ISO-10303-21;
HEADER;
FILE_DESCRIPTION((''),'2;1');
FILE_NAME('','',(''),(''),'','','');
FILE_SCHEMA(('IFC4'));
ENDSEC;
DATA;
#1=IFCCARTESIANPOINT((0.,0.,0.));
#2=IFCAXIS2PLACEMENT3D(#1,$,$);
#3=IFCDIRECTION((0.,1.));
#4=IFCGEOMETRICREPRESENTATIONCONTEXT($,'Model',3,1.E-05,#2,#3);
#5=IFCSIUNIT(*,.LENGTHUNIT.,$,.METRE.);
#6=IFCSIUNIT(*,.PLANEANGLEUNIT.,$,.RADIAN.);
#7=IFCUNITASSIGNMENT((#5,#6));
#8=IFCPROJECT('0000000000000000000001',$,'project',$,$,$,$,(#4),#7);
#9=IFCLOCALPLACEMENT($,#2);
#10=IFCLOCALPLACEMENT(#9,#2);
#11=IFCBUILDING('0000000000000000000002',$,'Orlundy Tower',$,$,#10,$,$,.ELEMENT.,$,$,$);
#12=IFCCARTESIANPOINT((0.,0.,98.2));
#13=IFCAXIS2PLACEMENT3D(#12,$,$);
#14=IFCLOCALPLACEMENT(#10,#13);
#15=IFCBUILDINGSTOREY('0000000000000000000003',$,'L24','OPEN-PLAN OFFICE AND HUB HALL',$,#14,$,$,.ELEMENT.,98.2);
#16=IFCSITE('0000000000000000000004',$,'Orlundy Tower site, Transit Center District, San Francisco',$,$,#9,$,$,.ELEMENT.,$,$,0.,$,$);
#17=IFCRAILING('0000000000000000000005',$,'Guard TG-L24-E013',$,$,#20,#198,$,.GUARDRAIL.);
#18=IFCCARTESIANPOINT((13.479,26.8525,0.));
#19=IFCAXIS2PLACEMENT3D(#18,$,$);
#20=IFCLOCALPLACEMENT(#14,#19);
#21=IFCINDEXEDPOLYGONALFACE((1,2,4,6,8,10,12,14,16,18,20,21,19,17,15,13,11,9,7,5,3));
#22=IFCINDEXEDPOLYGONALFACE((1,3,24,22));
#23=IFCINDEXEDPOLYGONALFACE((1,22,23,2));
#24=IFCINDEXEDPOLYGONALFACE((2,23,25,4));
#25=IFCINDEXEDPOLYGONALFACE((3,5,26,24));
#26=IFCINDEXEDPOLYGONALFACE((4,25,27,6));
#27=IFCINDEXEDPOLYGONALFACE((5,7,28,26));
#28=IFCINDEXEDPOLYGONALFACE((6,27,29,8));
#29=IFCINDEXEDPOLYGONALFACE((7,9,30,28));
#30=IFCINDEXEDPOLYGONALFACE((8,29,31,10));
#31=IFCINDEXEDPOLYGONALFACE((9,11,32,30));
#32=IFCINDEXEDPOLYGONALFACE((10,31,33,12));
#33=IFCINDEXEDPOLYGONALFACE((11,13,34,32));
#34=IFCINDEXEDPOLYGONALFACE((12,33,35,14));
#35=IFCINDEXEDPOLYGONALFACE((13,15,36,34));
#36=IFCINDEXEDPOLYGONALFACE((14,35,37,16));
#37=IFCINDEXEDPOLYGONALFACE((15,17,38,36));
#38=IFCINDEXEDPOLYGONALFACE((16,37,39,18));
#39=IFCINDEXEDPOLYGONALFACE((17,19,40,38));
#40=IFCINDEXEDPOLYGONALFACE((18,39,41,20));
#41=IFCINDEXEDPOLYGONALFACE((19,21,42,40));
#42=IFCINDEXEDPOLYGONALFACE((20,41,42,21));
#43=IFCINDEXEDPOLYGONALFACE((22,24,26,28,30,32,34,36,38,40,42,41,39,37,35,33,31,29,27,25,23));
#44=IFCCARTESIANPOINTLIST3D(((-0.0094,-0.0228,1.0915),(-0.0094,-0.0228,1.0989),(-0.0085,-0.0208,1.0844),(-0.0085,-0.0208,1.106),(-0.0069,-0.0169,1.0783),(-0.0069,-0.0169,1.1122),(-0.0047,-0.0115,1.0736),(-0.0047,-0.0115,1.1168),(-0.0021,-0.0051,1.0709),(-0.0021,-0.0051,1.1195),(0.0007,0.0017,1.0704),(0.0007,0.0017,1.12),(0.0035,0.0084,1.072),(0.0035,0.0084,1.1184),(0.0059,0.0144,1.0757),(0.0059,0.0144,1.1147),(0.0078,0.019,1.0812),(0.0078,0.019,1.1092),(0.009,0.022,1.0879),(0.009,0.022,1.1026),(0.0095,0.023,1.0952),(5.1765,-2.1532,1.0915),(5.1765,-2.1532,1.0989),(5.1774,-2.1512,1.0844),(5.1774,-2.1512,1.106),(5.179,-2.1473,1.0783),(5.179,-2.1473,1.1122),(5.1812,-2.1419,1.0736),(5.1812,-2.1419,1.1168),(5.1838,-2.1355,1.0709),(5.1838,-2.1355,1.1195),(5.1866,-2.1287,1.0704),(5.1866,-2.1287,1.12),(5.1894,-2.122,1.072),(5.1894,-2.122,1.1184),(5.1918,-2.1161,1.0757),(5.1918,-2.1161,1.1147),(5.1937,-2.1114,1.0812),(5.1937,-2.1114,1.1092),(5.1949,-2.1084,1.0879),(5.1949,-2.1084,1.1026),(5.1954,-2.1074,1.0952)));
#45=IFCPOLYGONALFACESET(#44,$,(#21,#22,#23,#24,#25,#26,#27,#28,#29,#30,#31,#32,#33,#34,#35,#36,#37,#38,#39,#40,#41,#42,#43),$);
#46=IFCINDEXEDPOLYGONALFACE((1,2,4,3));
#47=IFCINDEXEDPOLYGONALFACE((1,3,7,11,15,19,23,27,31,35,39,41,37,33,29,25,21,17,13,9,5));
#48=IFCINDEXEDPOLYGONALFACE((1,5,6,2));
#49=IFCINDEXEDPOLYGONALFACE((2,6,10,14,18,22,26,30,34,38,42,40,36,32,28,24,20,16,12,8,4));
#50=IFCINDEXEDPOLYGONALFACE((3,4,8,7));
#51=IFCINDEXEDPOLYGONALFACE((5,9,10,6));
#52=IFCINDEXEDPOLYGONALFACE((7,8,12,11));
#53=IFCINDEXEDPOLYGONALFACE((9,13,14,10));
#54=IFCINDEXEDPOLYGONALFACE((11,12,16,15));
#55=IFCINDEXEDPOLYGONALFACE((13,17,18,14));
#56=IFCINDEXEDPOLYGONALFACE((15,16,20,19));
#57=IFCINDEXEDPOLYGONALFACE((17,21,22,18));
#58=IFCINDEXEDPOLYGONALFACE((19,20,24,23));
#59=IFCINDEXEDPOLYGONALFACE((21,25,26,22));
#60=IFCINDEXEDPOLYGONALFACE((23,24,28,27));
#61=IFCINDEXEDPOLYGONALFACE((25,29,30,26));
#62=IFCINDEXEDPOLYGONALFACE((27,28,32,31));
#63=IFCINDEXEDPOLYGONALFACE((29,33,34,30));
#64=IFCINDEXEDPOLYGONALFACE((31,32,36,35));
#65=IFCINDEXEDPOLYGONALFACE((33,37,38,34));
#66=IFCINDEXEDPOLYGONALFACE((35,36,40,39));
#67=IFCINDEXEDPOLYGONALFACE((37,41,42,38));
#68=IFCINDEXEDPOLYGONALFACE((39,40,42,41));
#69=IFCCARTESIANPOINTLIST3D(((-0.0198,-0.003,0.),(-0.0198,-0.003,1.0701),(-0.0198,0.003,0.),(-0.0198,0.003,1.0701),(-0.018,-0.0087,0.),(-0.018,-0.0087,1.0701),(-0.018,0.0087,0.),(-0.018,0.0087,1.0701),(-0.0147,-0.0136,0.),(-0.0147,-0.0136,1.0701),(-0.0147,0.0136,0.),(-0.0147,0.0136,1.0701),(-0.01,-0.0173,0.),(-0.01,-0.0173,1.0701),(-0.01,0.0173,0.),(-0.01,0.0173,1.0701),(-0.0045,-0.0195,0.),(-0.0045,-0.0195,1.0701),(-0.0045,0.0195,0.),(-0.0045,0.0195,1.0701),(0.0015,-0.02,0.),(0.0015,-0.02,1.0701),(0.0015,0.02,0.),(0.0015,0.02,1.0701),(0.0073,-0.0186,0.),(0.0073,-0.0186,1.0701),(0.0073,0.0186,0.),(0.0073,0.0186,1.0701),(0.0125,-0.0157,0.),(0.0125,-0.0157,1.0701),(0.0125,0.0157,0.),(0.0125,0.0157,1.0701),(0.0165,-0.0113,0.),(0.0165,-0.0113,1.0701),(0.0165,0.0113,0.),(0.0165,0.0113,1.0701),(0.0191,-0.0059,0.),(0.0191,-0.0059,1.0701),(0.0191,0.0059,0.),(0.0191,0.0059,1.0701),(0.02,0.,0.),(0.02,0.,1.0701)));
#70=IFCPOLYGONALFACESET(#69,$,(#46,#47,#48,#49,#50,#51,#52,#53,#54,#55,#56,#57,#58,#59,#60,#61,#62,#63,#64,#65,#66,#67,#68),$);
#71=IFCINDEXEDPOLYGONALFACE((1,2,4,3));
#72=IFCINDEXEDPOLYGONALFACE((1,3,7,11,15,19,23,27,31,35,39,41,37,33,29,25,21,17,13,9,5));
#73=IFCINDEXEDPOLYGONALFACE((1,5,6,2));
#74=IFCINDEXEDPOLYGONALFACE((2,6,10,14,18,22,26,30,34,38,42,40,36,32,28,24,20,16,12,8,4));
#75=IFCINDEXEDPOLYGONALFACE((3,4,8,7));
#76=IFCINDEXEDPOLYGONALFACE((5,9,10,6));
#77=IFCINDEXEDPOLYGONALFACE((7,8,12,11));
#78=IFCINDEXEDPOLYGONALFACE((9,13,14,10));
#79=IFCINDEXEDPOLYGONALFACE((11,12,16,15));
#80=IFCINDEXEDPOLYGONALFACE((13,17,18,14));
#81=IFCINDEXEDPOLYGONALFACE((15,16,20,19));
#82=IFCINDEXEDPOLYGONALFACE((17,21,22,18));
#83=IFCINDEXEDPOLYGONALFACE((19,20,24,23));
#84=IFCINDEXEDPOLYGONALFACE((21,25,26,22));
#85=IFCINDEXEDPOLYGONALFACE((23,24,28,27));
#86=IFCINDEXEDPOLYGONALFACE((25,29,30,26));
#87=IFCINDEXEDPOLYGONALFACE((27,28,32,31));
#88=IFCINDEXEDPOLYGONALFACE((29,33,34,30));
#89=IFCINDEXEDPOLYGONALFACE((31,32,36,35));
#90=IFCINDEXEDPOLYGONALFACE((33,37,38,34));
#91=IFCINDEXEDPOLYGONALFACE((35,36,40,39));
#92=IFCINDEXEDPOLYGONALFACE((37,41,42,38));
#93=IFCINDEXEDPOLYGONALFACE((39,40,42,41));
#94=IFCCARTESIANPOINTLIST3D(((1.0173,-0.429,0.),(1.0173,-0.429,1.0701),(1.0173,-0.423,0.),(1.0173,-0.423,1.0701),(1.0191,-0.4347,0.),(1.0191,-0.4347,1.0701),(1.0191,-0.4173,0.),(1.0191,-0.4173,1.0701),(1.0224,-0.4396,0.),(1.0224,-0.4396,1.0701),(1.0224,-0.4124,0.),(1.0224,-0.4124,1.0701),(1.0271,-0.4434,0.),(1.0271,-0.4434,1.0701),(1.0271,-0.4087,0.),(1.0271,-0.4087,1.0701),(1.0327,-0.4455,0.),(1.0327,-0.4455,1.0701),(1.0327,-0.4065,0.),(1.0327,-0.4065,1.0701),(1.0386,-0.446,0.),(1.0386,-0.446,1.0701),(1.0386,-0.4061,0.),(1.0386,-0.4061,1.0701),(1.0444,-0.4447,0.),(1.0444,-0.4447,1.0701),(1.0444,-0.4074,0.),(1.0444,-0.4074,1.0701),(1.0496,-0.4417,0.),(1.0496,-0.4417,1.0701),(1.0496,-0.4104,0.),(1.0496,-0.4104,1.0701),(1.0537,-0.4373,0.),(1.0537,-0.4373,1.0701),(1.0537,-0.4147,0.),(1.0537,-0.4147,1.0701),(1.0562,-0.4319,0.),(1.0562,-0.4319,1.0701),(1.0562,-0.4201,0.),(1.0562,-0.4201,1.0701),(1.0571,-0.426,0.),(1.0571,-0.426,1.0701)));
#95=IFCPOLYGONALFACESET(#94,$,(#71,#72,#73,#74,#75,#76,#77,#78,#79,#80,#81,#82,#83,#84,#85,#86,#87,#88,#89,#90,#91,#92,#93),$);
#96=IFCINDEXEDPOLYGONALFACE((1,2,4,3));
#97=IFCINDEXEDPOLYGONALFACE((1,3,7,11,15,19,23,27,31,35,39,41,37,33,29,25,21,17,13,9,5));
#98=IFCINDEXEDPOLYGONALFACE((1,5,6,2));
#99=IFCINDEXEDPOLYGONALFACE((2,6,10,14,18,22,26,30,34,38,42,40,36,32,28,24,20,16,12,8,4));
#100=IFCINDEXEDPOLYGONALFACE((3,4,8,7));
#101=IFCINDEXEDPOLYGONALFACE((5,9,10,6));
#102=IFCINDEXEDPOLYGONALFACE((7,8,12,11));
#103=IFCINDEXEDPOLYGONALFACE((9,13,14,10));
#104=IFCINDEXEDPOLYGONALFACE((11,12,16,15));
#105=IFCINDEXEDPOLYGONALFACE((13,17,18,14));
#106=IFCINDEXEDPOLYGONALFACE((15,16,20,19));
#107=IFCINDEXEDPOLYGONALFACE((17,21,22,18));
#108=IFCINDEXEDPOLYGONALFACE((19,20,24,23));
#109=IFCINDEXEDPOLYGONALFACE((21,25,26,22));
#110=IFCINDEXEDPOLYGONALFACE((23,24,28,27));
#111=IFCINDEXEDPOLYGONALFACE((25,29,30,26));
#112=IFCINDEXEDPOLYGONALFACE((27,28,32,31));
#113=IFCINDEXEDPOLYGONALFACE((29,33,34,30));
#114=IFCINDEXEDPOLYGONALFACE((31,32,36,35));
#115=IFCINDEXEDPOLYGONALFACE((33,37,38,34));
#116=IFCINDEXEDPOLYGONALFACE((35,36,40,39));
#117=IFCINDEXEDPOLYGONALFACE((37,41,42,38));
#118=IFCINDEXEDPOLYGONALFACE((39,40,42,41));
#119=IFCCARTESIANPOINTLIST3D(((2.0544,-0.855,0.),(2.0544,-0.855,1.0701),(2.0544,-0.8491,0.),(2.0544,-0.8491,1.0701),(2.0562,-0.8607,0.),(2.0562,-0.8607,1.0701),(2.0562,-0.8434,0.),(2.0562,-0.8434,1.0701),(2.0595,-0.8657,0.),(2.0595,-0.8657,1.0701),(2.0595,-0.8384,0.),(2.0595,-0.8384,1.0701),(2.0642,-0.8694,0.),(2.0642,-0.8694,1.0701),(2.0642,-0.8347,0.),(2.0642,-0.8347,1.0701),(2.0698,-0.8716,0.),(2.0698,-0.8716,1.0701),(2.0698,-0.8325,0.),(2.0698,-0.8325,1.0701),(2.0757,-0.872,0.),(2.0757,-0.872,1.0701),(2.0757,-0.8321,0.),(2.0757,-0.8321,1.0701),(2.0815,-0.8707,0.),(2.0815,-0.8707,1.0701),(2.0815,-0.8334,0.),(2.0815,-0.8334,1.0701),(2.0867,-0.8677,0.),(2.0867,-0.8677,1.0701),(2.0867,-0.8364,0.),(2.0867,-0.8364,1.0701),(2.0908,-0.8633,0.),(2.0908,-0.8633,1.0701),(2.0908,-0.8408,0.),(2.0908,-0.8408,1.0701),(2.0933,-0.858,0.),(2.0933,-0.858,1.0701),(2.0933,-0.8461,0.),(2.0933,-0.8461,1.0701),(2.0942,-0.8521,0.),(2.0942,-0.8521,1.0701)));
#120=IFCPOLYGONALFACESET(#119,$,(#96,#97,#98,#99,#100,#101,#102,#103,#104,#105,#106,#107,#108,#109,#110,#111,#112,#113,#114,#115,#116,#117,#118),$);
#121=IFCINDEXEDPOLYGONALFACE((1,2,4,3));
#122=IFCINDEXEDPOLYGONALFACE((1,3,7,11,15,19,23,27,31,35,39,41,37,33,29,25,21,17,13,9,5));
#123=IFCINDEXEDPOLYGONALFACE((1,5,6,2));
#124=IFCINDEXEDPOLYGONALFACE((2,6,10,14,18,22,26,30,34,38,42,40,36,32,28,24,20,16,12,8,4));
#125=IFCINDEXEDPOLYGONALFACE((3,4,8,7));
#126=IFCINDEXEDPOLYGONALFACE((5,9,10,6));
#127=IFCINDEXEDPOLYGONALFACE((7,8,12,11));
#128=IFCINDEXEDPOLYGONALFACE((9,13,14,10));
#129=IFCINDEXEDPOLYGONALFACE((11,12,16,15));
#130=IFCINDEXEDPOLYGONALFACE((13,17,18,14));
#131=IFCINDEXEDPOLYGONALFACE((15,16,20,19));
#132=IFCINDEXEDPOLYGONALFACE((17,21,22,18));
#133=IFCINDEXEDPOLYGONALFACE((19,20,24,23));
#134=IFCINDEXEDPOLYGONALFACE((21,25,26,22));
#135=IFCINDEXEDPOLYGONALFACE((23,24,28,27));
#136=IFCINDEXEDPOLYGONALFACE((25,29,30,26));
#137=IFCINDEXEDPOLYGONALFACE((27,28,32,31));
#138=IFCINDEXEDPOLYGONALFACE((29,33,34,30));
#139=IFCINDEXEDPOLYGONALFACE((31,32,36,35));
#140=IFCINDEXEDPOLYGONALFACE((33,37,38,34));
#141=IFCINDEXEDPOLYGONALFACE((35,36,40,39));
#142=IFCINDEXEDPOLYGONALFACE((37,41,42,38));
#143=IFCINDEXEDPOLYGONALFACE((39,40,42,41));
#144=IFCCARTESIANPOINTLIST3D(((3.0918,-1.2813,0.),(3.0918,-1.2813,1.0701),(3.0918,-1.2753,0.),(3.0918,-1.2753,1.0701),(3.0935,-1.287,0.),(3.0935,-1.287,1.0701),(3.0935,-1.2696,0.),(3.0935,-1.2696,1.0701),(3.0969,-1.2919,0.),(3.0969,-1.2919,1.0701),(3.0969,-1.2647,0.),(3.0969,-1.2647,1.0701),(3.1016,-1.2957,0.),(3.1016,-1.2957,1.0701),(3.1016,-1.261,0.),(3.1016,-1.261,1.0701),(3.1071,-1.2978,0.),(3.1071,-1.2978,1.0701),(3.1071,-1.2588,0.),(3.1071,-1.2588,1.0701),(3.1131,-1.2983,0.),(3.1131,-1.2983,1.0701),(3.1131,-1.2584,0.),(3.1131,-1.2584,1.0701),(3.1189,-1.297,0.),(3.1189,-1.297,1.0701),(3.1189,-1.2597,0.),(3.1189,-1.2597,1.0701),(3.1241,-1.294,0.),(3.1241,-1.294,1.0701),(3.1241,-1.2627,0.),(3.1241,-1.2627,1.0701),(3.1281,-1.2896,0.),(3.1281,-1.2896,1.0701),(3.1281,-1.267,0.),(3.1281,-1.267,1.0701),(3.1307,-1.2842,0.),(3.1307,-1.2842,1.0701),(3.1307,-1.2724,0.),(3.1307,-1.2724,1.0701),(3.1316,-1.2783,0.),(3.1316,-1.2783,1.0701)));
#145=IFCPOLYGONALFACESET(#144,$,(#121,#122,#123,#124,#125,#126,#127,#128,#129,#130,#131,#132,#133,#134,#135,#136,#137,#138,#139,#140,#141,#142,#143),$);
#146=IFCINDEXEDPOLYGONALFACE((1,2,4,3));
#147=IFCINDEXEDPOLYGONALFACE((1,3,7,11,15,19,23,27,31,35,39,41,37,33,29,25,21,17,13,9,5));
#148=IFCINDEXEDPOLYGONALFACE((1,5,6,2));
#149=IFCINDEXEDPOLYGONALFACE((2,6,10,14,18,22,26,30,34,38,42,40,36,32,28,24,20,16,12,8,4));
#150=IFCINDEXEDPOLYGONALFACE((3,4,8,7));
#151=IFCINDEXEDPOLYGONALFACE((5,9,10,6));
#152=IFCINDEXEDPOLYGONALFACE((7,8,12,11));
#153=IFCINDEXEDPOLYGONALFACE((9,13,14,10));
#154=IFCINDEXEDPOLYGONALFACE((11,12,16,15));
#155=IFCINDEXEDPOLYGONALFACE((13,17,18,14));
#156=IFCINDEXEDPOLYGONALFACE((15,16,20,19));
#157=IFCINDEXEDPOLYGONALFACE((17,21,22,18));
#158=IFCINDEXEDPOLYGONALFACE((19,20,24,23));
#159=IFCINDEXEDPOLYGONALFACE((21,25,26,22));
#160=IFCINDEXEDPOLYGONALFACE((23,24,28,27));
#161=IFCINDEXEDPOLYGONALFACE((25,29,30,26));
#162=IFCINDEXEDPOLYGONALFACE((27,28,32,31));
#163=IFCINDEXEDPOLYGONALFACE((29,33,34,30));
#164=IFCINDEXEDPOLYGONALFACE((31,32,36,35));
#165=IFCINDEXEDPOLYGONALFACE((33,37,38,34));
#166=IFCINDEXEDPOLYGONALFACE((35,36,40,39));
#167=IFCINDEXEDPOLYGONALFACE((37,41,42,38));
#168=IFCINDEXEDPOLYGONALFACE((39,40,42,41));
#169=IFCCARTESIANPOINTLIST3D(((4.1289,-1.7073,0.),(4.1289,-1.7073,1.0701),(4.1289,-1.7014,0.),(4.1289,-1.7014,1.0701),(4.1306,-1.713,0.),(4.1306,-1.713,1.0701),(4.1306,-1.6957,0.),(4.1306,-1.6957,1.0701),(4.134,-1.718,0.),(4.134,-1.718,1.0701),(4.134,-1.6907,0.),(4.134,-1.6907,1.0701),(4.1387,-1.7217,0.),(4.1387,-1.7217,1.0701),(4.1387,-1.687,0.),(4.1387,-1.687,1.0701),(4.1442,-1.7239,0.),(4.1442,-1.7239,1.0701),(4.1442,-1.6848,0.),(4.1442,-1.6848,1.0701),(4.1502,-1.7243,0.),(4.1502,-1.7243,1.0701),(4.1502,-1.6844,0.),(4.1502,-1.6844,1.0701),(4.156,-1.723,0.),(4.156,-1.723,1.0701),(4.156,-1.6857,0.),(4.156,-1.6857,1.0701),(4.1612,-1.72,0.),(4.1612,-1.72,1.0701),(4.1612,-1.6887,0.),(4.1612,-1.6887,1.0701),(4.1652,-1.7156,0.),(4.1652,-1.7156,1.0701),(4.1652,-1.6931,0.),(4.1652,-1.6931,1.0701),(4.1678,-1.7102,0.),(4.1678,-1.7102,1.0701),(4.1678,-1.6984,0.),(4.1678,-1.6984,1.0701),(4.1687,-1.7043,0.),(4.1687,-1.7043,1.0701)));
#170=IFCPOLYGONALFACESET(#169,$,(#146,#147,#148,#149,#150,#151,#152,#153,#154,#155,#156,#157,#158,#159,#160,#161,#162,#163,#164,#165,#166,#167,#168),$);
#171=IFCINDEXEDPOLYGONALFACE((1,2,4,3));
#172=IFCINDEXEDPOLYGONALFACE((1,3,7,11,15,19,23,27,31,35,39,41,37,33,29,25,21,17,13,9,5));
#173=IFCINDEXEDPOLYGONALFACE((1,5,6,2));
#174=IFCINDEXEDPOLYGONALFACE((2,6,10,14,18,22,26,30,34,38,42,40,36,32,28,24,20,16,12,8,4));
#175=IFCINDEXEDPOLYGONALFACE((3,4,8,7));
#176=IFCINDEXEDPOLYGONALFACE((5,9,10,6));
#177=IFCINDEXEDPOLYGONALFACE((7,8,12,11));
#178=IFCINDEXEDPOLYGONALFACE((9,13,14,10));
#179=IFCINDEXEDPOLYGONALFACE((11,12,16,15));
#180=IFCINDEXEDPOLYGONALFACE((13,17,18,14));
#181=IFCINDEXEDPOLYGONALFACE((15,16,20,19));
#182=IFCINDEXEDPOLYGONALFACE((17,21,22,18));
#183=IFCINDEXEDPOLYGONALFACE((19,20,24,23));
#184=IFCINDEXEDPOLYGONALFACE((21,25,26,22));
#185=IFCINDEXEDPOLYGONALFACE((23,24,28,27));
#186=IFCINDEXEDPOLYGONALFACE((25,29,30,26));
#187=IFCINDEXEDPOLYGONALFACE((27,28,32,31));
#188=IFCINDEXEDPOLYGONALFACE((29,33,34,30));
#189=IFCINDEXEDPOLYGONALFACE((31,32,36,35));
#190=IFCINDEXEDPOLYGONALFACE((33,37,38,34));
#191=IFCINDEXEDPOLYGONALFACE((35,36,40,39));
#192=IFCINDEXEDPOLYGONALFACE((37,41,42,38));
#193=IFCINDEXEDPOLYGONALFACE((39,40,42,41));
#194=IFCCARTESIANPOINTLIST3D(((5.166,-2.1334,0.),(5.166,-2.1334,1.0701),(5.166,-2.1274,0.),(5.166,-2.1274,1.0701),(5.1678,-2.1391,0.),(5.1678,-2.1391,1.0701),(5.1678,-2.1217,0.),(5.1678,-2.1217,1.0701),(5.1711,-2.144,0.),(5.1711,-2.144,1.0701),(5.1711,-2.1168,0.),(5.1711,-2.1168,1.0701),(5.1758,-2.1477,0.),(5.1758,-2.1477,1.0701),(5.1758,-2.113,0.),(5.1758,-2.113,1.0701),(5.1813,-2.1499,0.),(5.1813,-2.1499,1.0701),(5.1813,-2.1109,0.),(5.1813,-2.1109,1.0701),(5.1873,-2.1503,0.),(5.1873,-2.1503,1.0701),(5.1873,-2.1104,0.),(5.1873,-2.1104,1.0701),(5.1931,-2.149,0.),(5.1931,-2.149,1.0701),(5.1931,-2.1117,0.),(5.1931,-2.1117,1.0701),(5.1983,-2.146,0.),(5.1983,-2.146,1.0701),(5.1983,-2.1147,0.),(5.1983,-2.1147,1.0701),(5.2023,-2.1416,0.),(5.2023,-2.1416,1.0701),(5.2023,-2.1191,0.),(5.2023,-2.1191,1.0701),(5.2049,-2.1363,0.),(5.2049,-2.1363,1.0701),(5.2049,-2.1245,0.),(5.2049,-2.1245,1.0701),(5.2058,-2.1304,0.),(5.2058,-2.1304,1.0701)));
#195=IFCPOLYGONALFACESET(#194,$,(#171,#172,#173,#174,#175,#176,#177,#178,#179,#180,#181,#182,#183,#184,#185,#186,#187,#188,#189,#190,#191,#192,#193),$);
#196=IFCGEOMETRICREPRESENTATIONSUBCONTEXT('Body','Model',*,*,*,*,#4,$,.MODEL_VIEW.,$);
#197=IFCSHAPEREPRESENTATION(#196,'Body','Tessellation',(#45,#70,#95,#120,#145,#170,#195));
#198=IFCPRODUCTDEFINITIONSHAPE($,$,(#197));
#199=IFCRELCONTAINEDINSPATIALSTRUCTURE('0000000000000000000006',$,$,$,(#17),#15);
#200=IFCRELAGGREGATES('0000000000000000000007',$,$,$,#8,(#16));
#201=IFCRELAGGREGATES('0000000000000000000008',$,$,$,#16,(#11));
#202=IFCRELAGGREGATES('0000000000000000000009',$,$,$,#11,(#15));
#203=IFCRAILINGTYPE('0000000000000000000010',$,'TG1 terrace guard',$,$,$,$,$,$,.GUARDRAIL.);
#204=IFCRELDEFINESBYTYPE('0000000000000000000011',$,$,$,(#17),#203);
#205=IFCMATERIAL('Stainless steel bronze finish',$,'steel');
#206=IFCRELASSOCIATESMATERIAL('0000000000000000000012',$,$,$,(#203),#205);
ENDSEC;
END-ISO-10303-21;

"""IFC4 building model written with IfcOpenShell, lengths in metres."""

from ifc_helpers import new_model, si_unit, direction, frame, origin, origin_2d, place, context, subcontext, project, spatial, circle, extrude, material, type_object, element, save


model = new_model("IFC4")

# Units and contexts
model_context = context("Model", 3, precision=1e-05, world=origin(), true_north=direction((0.0, 1.0)))
body_context = subcontext(model_context, "Body", "Model", "MODEL_VIEW")
ifc_project = project(units=[si_unit("LENGTHUNIT", "METRE"), si_unit("PLANEANGLEUNIT", "RADIAN")], contexts=[model_context])

# Site, building, storey
site_placement = place(None, origin())
site = spatial("IfcSite", under=ifc_project, at=site_placement, Name="Orlundy Tower site, Transit Center District, San Francisco", CompositionType="ELEMENT", RefElevation=0.0)
building_placement = place(site_placement, origin())
building = spatial("IfcBuilding", under=site, at=building_placement, Name="Orlundy Tower", CompositionType="ELEMENT")
storey_placement = place(building_placement, frame((0.0, 0.0, 98.2)))
storey = spatial("IfcBuildingStorey", under=building, at=storey_placement, Name="L24", Description="OPEN-PLAN OFFICE AND HUB HALL", CompositionType="ELEMENT", Elevation=98.2)

# Railing
ifc_material_1 = material(Name="Stainless steel bronze finish", Category="steel")
railing_type_1 = type_object("IfcRailingType", Name="TG1 terrace guard", PredefinedType="GUARDRAIL", material=ifc_material_1)
railing_1_placement = place(storey_placement, frame((13.479, 26.8525, 0.0)))
element("IfcRailing", 1, at=railing_1_placement, inside=storey, type_object=railing_type_1, Name="Guard TG-L24-E013", PredefinedType="GUARDRAIL", context=body_context, shape_type="SweptSolid", body=[
    extrude(circle(Radius=0.0249, at=origin_2d()), frame((0.0, 0.0, 1.0952), z_axis=(0.924989, -0.379994, 0.0), x_axis=(0.379994, 0.924989, 0.0)), (0.0, 0.0, 1.0), 5.6064),
    extrude(circle(Radius=0.02, at=origin_2d()), origin(), (0.0, 0.0, 1.0), 1.0701),
    extrude(circle(Radius=0.02, at=origin_2d()), frame((1.0371, -0.426, 0.0)), (0.0, 0.0, 1.0), 1.0701),
    extrude(circle(Radius=0.02, at=origin_2d()), frame((2.0742, -0.8521, 0.0)), (0.0, 0.0, 1.0), 1.0701),
    extrude(circle(Radius=0.02, at=origin_2d()), frame((3.1116, -1.2783, 0.0)), (0.0, 0.0, 1.0), 1.0701),
    extrude(circle(Radius=0.02, at=origin_2d()), frame((4.1487, -1.7043, 0.0)), (0.0, 0.0, 1.0), 1.0701),
    extrude(circle(Radius=0.02, at=origin_2d()), frame((5.1858, -2.1304, 0.0)), (0.0, 0.0, 1.0), 1.0701),
])

save(model, "model.ifc")
